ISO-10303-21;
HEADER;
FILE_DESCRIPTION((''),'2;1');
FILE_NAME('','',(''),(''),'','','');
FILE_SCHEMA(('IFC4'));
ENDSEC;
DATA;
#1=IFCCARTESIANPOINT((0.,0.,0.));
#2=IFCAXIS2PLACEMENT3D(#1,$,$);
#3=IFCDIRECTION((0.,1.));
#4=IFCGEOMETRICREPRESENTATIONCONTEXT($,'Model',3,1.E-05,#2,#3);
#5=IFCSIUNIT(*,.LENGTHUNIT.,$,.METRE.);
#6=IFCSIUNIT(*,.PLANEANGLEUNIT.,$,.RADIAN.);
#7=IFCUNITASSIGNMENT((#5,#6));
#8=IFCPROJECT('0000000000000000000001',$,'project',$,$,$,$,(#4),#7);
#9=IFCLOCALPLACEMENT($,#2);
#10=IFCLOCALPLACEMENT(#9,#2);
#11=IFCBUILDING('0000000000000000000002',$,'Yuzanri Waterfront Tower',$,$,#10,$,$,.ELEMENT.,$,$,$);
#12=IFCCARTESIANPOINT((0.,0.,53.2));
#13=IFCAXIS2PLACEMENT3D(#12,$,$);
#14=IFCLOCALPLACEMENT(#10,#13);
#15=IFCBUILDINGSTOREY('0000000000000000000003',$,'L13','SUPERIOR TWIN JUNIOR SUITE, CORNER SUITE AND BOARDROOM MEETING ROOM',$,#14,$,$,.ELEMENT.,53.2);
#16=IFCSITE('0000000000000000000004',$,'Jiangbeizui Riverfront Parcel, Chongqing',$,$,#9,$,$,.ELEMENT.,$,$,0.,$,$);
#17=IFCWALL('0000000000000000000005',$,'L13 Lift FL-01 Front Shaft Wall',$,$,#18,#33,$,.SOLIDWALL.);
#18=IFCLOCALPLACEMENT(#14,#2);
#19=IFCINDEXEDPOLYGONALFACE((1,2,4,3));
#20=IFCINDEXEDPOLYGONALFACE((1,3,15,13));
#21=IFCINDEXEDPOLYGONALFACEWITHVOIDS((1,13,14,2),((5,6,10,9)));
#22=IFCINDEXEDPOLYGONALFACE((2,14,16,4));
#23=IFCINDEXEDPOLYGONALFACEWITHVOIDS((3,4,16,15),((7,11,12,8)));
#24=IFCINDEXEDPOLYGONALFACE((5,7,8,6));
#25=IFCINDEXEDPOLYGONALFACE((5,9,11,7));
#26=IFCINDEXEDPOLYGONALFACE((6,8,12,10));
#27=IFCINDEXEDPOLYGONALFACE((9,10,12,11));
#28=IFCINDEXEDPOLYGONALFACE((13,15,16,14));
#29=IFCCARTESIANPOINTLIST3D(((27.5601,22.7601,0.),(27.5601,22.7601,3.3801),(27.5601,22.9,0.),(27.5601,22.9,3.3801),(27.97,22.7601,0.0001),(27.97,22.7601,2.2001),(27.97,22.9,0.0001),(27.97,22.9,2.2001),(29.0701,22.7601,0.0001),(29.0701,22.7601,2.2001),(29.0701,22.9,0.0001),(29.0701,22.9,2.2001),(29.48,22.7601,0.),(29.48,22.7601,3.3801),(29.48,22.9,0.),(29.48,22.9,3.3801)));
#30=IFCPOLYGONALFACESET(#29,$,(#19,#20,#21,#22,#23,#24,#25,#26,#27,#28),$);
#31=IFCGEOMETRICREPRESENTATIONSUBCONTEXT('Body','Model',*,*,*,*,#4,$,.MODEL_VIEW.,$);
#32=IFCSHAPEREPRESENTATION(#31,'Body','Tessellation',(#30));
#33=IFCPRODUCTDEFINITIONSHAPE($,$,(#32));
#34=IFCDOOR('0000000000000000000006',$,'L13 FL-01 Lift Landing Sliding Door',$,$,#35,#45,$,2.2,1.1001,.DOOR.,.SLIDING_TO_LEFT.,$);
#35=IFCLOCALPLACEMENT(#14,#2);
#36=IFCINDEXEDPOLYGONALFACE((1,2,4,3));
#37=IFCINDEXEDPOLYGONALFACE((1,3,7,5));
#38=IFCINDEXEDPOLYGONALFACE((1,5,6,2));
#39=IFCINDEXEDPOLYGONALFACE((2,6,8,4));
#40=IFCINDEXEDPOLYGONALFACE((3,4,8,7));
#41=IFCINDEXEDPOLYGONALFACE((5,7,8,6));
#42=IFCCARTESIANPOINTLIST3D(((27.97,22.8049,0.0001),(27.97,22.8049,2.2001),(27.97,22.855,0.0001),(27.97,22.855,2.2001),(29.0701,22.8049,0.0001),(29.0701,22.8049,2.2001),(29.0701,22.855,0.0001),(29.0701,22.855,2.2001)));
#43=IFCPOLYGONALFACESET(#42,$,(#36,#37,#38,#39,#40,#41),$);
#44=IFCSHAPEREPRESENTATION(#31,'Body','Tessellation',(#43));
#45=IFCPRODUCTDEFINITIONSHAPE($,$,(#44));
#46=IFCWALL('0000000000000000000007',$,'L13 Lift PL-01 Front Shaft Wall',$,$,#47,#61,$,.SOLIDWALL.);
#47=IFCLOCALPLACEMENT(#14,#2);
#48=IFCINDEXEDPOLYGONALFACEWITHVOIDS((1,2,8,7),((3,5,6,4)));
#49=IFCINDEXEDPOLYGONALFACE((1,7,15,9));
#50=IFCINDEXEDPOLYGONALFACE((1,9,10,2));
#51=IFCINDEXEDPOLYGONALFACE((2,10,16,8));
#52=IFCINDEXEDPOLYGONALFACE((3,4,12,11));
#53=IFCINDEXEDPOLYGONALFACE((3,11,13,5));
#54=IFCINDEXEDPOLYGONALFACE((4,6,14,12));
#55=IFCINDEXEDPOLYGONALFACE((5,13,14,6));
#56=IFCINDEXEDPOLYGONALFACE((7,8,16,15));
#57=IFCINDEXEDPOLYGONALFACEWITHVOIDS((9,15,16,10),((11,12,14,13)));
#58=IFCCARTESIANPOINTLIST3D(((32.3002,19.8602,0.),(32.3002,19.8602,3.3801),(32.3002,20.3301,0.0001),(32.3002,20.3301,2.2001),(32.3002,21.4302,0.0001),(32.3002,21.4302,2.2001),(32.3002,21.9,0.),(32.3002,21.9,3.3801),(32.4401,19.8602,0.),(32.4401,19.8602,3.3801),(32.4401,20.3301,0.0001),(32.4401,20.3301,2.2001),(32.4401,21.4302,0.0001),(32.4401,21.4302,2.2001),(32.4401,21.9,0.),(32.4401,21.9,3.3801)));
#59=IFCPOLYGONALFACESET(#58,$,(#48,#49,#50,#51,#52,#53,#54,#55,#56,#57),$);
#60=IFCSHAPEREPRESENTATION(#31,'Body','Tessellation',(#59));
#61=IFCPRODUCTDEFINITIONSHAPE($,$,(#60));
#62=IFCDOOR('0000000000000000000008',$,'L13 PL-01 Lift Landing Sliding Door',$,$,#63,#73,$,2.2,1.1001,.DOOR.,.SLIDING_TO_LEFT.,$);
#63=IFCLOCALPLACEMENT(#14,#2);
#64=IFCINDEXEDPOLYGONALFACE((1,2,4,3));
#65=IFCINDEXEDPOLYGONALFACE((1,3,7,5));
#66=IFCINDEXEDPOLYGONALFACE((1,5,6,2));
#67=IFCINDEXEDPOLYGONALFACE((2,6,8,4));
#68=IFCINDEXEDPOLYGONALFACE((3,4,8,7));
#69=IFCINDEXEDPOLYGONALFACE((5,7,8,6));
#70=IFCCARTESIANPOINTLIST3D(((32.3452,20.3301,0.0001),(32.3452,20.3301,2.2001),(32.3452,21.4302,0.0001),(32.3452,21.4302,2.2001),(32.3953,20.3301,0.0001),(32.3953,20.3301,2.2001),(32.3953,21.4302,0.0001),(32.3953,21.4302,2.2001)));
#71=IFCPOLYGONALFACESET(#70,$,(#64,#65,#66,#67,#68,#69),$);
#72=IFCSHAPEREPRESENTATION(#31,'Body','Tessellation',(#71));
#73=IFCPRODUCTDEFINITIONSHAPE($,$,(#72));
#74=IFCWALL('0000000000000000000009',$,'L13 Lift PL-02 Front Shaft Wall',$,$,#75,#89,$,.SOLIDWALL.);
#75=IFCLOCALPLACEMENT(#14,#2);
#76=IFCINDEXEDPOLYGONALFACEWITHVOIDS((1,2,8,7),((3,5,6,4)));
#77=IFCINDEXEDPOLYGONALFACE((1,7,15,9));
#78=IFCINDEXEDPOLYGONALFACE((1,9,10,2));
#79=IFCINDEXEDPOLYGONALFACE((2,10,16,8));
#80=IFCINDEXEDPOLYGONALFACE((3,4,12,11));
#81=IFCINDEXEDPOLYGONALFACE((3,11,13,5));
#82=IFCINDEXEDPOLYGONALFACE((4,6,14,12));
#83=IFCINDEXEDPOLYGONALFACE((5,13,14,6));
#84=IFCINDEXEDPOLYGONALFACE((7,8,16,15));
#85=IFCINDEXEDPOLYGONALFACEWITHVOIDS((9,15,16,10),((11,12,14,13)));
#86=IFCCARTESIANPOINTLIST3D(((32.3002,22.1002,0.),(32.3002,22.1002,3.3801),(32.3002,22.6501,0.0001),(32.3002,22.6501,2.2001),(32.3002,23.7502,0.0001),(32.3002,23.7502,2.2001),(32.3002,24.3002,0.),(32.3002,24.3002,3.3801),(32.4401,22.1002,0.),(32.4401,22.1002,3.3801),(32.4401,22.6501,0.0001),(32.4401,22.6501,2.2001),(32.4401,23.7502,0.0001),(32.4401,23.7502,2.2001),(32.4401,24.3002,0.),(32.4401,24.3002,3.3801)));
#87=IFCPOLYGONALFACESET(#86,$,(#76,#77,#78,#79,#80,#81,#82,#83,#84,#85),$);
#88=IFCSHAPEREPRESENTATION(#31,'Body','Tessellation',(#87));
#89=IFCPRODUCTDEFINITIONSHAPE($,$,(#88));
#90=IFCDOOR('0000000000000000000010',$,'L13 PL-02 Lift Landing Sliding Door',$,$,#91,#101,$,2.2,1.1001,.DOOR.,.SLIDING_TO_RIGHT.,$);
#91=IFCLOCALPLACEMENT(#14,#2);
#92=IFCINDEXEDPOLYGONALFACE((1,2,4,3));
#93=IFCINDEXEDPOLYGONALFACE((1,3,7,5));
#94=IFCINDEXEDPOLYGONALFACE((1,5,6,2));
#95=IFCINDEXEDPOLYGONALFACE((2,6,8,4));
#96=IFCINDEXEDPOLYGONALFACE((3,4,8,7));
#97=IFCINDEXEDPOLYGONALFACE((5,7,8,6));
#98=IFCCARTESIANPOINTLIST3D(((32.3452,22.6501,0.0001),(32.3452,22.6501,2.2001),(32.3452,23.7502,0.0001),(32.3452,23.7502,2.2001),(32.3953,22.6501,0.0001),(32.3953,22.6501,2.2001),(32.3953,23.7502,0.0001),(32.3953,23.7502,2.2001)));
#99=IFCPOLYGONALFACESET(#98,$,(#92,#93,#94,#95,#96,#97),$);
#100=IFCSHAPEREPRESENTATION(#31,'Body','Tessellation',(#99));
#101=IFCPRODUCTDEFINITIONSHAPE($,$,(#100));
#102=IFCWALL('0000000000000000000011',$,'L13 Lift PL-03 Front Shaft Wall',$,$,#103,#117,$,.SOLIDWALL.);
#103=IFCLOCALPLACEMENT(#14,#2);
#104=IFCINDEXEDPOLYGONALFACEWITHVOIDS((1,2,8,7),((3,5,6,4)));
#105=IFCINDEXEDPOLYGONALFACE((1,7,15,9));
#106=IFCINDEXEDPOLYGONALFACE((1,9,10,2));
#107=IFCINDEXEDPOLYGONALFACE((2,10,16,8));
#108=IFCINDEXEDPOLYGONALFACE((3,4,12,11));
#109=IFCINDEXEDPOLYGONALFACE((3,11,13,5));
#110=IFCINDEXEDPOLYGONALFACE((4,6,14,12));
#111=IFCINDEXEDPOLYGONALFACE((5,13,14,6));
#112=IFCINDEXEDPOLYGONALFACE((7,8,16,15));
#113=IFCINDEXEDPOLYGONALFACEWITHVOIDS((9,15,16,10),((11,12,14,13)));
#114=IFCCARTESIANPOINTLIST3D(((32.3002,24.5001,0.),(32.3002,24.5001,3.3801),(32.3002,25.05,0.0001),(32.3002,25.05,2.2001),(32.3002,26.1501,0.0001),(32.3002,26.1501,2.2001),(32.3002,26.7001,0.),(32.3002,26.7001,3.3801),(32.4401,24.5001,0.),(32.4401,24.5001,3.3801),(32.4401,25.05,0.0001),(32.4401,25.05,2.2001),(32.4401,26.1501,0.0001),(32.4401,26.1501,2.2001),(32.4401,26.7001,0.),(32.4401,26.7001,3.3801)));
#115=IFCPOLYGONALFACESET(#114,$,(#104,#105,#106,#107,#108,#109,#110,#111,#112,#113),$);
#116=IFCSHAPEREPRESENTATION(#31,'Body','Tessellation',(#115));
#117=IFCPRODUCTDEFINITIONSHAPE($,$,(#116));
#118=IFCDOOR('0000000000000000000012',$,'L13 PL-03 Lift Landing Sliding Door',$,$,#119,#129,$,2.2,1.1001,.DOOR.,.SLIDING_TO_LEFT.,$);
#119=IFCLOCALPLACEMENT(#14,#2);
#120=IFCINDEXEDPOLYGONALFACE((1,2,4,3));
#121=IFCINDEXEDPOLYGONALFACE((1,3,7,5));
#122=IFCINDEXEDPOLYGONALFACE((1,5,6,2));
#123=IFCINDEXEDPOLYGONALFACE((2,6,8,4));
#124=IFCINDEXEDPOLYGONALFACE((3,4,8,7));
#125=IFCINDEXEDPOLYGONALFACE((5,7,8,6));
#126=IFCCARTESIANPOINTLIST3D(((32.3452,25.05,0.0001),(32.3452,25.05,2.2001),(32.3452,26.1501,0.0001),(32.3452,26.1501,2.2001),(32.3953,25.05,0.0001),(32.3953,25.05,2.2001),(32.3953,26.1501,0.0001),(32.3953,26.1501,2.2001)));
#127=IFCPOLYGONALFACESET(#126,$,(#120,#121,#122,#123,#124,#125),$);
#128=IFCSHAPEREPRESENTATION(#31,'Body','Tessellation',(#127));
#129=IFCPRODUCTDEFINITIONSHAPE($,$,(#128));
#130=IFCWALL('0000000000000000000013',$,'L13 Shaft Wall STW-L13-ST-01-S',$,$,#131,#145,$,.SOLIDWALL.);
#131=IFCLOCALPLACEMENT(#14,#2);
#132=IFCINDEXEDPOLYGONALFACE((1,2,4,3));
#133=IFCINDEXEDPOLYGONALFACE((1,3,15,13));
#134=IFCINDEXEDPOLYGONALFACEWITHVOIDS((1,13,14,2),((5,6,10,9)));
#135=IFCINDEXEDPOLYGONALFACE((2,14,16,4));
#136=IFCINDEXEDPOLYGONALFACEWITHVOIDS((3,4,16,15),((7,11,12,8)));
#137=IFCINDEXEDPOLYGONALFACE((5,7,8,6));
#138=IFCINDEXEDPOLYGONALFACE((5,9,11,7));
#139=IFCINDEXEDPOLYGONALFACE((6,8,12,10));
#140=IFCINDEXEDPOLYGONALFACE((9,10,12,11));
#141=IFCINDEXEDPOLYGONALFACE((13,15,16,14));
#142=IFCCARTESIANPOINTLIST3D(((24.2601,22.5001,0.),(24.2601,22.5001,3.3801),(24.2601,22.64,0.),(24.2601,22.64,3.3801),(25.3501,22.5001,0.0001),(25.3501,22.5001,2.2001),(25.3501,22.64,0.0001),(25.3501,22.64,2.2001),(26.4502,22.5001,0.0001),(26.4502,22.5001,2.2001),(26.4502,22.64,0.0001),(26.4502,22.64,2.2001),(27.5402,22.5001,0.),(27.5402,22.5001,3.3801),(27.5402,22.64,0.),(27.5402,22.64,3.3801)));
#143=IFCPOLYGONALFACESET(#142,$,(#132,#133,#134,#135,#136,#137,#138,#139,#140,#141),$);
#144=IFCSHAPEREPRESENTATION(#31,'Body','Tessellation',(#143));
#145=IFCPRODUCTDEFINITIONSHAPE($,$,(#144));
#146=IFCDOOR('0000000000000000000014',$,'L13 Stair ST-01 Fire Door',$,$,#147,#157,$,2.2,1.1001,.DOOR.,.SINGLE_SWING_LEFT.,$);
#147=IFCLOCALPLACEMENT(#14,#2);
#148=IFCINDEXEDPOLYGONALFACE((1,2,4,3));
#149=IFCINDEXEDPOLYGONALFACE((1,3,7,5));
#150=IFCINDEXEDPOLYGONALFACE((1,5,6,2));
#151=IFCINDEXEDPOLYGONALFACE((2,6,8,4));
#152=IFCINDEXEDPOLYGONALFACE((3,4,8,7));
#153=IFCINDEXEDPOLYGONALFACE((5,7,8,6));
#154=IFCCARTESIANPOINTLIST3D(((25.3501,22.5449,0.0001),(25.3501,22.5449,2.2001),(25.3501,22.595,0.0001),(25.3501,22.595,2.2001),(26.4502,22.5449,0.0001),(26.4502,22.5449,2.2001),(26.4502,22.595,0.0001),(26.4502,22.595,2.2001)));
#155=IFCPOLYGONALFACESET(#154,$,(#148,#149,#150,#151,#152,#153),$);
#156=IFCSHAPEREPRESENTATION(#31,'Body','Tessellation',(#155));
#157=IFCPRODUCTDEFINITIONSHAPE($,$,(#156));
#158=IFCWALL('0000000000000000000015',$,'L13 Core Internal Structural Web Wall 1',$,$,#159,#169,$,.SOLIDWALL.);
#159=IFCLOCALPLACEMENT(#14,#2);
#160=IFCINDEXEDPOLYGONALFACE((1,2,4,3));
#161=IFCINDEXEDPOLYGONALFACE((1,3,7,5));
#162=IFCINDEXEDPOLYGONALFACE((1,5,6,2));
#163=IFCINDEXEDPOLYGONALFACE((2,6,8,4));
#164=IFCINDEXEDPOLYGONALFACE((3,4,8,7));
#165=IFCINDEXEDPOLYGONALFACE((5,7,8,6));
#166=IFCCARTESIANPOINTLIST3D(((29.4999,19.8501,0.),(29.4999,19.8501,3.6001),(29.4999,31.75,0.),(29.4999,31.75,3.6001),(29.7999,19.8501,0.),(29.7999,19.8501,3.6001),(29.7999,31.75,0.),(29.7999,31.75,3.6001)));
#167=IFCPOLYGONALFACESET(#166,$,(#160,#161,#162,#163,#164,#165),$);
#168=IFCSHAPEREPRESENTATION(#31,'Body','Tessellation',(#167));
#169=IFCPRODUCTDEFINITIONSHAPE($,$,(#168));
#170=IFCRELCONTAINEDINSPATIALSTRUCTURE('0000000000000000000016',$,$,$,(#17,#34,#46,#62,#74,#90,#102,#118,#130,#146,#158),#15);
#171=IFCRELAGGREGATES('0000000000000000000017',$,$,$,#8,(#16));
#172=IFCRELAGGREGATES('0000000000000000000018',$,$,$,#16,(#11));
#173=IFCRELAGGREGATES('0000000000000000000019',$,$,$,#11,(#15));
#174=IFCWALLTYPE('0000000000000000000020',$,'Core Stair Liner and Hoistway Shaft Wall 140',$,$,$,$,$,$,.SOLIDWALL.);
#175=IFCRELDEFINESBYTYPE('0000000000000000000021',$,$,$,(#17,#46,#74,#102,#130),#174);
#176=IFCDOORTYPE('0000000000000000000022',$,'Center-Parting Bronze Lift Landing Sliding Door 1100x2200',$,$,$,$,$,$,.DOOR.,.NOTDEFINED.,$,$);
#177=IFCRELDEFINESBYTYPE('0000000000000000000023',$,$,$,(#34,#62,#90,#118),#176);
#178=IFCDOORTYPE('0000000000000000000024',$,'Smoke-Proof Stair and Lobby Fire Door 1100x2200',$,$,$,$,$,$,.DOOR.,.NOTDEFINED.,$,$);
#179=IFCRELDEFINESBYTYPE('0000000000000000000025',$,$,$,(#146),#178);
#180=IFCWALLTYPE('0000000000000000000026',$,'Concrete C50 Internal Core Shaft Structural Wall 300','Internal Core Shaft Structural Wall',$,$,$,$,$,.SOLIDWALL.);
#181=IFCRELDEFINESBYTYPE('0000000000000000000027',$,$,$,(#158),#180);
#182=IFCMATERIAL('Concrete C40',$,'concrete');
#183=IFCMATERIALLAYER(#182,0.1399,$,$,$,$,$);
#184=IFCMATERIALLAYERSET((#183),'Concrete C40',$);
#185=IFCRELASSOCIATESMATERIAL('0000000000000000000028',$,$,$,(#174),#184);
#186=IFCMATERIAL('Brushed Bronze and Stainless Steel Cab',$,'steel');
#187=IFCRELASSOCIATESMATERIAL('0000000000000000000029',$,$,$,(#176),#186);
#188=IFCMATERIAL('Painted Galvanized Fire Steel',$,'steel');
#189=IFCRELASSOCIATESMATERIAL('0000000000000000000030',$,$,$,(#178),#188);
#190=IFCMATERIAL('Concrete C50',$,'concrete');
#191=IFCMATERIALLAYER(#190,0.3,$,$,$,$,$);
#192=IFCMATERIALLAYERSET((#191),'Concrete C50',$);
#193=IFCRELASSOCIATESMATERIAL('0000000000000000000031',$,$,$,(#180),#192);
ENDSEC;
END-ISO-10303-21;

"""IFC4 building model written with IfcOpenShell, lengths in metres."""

from ifc_helpers import new_model, si_unit, direction, frame, frame_2d, origin, place, context, subcontext, project, spatial, rectangle, extrude, source, transform, mapped, material, layer, layer_set, type_object, element, fill, save


model = new_model("IFC4")

# Units and contexts
model_context = context("Model", 3, precision=1e-05, world=origin(), true_north=direction((0.0, 1.0)))
body_context = subcontext(model_context, "Body", "Model", "MODEL_VIEW")
ifc_project = project(units=[si_unit("LENGTHUNIT", "METRE"), si_unit("PLANEANGLEUNIT", "RADIAN")], contexts=[model_context])

# Site, building, storey
site_placement = place(None, origin())
site = spatial("IfcSite", under=ifc_project, at=site_placement, Name="Jiangbeizui Riverfront Parcel, Chongqing", CompositionType="ELEMENT", RefElevation=0.0)
building_placement = place(site_placement, origin())
building = spatial("IfcBuilding", under=site, at=building_placement, Name="Yuzanri Waterfront Tower", CompositionType="ELEMENT")
storey_placement = place(building_placement, frame((0.0, 0.0, 53.2)))
storey = spatial("IfcBuildingStorey", under=building, at=storey_placement, Name="L13", Description="SUPERIOR TWIN JUNIOR SUITE, CORNER SUITE AND BOARDROOM MEETING ROOM", CompositionType="ELEMENT", Elevation=53.2)

# Walls, openings, doors
ifc_material_1 = material(Name="Concrete C40", Category="concrete")
ifc_layer_1 = layer(ifc_material_1, 0.1399)
ifc_layer_set_1 = layer_set([ifc_layer_1], Name="Concrete C40")
wall_type_1 = type_object("IfcWallType", Name="Core Stair Liner and Hoistway Shaft Wall 140", PredefinedType="SOLIDWALL", material=ifc_layer_set_1)
wall_1_placement = place(storey_placement, frame((27.5601, 22.8301, 0.0), z_axis=(0.0, 0.0, 1.0), x_axis=(1.0, 0.0, 0.0)))
wall_1 = element("IfcWall", 1, at=wall_1_placement, inside=storey, type_object=wall_type_1, Name="L13 Lift FL-01 Front Shaft Wall", PredefinedType="SOLIDWALL", context=body_context, shape_type="SweptSolid", body=[
    extrude(rectangle(XDim=1.9199, YDim=0.1399, at=frame_2d((0.96, 0.0))), origin(), (0.0, 0.0, 1.0), 3.3801),
])
opening_1_placement = place(wall_1_placement, frame((0.4099, 0.0, 0.0)))
opening_1 = element("IfcOpeningElement", 2, at=opening_1_placement, cuts=wall_1, PredefinedType="OPENING", context=body_context, shape_type="SweptSolid", body=[
    extrude(rectangle(XDim=1.1001, YDim=2.2, at=frame_2d((0.55, 1.1001))), frame((0.0, 0.085, 0.0), z_axis=(0.0, -1.0, 0.0), x_axis=(1.0, 0.0, 0.0)), (0.0, 0.0, 1.0), 0.1697),
])
ifc_material_2 = material(Name="Brushed Bronze and Stainless Steel Cab", Category="steel")
door_type_1 = type_object("IfcDoorType", Name="Center-Parting Bronze Lift Landing Sliding Door 1100x2200", OperationType="NOTDEFINED", PredefinedType="DOOR", material=ifc_material_2)
shared_shape_1 = source(origin(), body_context, "Body", "SweptSolid", [
    extrude(rectangle(XDim=1.1001, YDim=2.2, at=frame_2d((0.55, 1.1001))), frame((0.0, 0.0249, 0.0), z_axis=(0.0, -1.0, 0.0), x_axis=(1.0, 0.0, 0.0)), (0.0, 0.0, 1.0), 0.05),
])
door_1_placement = place(opening_1_placement, origin())
door_1 = element("IfcDoor", 3, at=door_1_placement, inside=storey, type_object=door_type_1, Name="L13 FL-01 Lift Landing Sliding Door", OperationType="SLIDING_TO_LEFT", OverallHeight=2.2, OverallWidth=1.1001, PredefinedType="DOOR", context=body_context, shape_type="MappedRepresentation", body=[
    mapped(shared_shape_1, transform((0.0, 0.0, 0.0), scale=1.0)),
])
fill(opening_1, door_1)
wall_2_placement = place(storey_placement, frame((32.3701, 19.8601, 0.0), z_axis=(0.0, 0.0, 1.0), x_axis=(0.0, 1.0, 0.0)))
wall_2 = element("IfcWall", 4, at=wall_2_placement, inside=storey, type_object=wall_type_1, Name="L13 Lift PL-01 Front Shaft Wall", PredefinedType="SOLIDWALL", context=body_context, shape_type="SweptSolid", body=[
    extrude(rectangle(XDim=2.0398, YDim=0.1399, at=frame_2d((1.02, 0.0))), origin(), (0.0, 0.0, 1.0), 3.3801),
])
opening_2_placement = place(wall_2_placement, frame((0.47, 0.0, 0.0)))
opening_2 = element("IfcOpeningElement", 5, at=opening_2_placement, cuts=wall_2, PredefinedType="OPENING", context=body_context, shape_type="SweptSolid", body=[
    extrude(rectangle(XDim=1.1001, YDim=2.2, at=frame_2d((0.55, 1.1001))), frame((0.0, 0.085, 0.0), z_axis=(0.0, -1.0, 0.0), x_axis=(1.0, 0.0, 0.0)), (0.0, 0.0, 1.0), 0.1697),
])
door_2_placement = place(opening_2_placement, origin())
door_2 = element("IfcDoor", 6, at=door_2_placement, inside=storey, type_object=door_type_1, Name="L13 PL-01 Lift Landing Sliding Door", OperationType="SLIDING_TO_LEFT", OverallHeight=2.2, OverallWidth=1.1001, PredefinedType="DOOR", context=body_context, shape_type="MappedRepresentation", body=[
    mapped(shared_shape_1, transform((0.0, 0.0, 0.0), scale=1.0)),
])
fill(opening_2, door_2)
wall_3_placement = place(storey_placement, frame((32.3701, 22.1001, 0.0), z_axis=(0.0, 0.0, 1.0), x_axis=(0.0, 1.0, 0.0)))
wall_3 = element("IfcWall", 7, at=wall_3_placement, inside=storey, type_object=wall_type_1, Name="L13 Lift PL-02 Front Shaft Wall", PredefinedType="SOLIDWALL", context=body_context, shape_type="SweptSolid", body=[
    extrude(rectangle(XDim=2.2, YDim=0.1399, at=frame_2d((1.1001, 0.0))), origin(), (0.0, 0.0, 1.0), 3.3801),
])
opening_3_placement = place(wall_3_placement, frame((0.55, 0.0, 0.0)))
opening_3 = element("IfcOpeningElement", 8, at=opening_3_placement, cuts=wall_3, PredefinedType="OPENING", context=body_context, shape_type="SweptSolid", body=[
    extrude(rectangle(XDim=1.1001, YDim=2.2, at=frame_2d((0.55, 1.1001))), frame((0.0, 0.085, 0.0), z_axis=(0.0, -1.0, 0.0), x_axis=(1.0, 0.0, 0.0)), (0.0, 0.0, 1.0), 0.1697),
])
door_3_placement = place(opening_3_placement, origin())
door_3 = element("IfcDoor", 9, at=door_3_placement, inside=storey, type_object=door_type_1, Name="L13 PL-02 Lift Landing Sliding Door", OperationType="SLIDING_TO_RIGHT", OverallHeight=2.2, OverallWidth=1.1001, PredefinedType="DOOR", context=body_context, shape_type="MappedRepresentation", body=[
    mapped(shared_shape_1, transform((0.0, 0.0, 0.0), scale=1.0)),
])
fill(opening_3, door_3)
wall_4_placement = place(storey_placement, frame((32.3701, 24.5, 0.0), z_axis=(0.0, 0.0, 1.0), x_axis=(0.0, 1.0, 0.0)))
wall_4 = element("IfcWall", 10, at=wall_4_placement, inside=storey, type_object=wall_type_1, Name="L13 Lift PL-03 Front Shaft Wall", PredefinedType="SOLIDWALL", context=body_context, shape_type="SweptSolid", body=[
    extrude(rectangle(XDim=2.2, YDim=0.1399, at=frame_2d((1.1001, 0.0))), origin(), (0.0, 0.0, 1.0), 3.3801),
])
opening_4_placement = place(wall_4_placement, frame((0.55, 0.0, 0.0)))
opening_4 = element("IfcOpeningElement", 11, at=opening_4_placement, cuts=wall_4, PredefinedType="OPENING", context=body_context, shape_type="SweptSolid", body=[
    extrude(rectangle(XDim=1.1001, YDim=2.2, at=frame_2d((0.55, 1.1001))), frame((0.0, 0.085, 0.0), z_axis=(0.0, -1.0, 0.0), x_axis=(1.0, 0.0, 0.0)), (0.0, 0.0, 1.0), 0.1697),
])
door_4_placement = place(opening_4_placement, origin())
door_4 = element("IfcDoor", 12, at=door_4_placement, inside=storey, type_object=door_type_1, Name="L13 PL-03 Lift Landing Sliding Door", OperationType="SLIDING_TO_LEFT", OverallHeight=2.2, OverallWidth=1.1001, PredefinedType="DOOR", context=body_context, shape_type="MappedRepresentation", body=[
    mapped(shared_shape_1, transform((0.0, 0.0, 0.0), scale=1.0)),
])
fill(opening_4, door_4)
wall_5_placement = place(storey_placement, frame((24.26, 22.5701, 0.0), z_axis=(0.0, 0.0, 1.0), x_axis=(1.0, 0.0, 0.0)))
wall_5 = element("IfcWall", 13, at=wall_5_placement, inside=storey, type_object=wall_type_1, Name="L13 Shaft Wall STW-L13-ST-01-S", PredefinedType="SOLIDWALL", context=body_context, shape_type="SweptSolid", body=[
    extrude(rectangle(XDim=3.28, YDim=0.1399, at=frame_2d((1.6401, 0.0))), origin(), (0.0, 0.0, 1.0), 3.3801),
])
opening_5_placement = place(wall_5_placement, frame((1.0901, 0.0, 0.0)))
opening_5 = element("IfcOpeningElement", 14, at=opening_5_placement, cuts=wall_5, PredefinedType="OPENING", context=body_context, shape_type="SweptSolid", body=[
    extrude(rectangle(XDim=1.1001, YDim=2.2, at=frame_2d((0.55, 1.1001))), frame((0.0, 0.085, 0.0), z_axis=(0.0, -1.0, 0.0), x_axis=(1.0, 0.0, 0.0)), (0.0, 0.0, 1.0), 0.1697),
])
ifc_material_3 = material(Name="Painted Galvanized Fire Steel", Category="steel")
door_type_2 = type_object("IfcDoorType", Name="Smoke-Proof Stair and Lobby Fire Door 1100x2200", OperationType="NOTDEFINED", PredefinedType="DOOR", material=ifc_material_3)
shared_shape_2 = source(origin(), body_context, "Body", "SweptSolid", [
    extrude(rectangle(XDim=1.1001, YDim=2.2, at=frame_2d((0.55, 1.1001))), frame((0.0, 0.0249, 0.0), z_axis=(0.0, -1.0, 0.0), x_axis=(1.0, 0.0, 0.0)), (0.0, 0.0, 1.0), 0.05),
])
door_5_placement = place(opening_5_placement, origin())
door_5 = element("IfcDoor", 15, at=door_5_placement, inside=storey, type_object=door_type_2, Name="L13 Stair ST-01 Fire Door", OperationType="SINGLE_SWING_LEFT", OverallHeight=2.2, OverallWidth=1.1001, PredefinedType="DOOR", context=body_context, shape_type="MappedRepresentation", body=[
    mapped(shared_shape_2, transform((0.0, 0.0, 0.0), scale=1.0)),
])
fill(opening_5, door_5)

# Wall
ifc_material_4 = material(Name="Concrete C50", Category="concrete")
ifc_layer_2 = layer(ifc_material_4, 0.3)
ifc_layer_set_2 = layer_set([ifc_layer_2], Name="Concrete C50")
wall_type_2 = type_object("IfcWallType", Name="Concrete C50 Internal Core Shaft Structural Wall 300", Description="Internal Core Shaft Structural Wall", PredefinedType="SOLIDWALL", material=ifc_layer_set_2)
shared_shape_3 = source(origin(), body_context, "Body", "SweptSolid", [
    extrude(rectangle(XDim=11.8999, YDim=0.3, at=frame_2d((5.95, 0.0))), origin(), (0.0, 0.0, 1.0), 3.6001),
])
wall_6_placement = place(storey_placement, frame((29.6499, 19.8501, 0.0), z_axis=(0.0, 0.0, 1.0), x_axis=(0.0, 1.0, 0.0)))
element("IfcWall", 16, at=wall_6_placement, inside=storey, type_object=wall_type_2, Name="L13 Core Internal Structural Web Wall 1", PredefinedType="SOLIDWALL", context=body_context, shape_type="MappedRepresentation", body=[
    mapped(shared_shape_3, transform((0.0, 0.0, 0.0), scale=1.0)),
])

save(model, "model.ifc")
